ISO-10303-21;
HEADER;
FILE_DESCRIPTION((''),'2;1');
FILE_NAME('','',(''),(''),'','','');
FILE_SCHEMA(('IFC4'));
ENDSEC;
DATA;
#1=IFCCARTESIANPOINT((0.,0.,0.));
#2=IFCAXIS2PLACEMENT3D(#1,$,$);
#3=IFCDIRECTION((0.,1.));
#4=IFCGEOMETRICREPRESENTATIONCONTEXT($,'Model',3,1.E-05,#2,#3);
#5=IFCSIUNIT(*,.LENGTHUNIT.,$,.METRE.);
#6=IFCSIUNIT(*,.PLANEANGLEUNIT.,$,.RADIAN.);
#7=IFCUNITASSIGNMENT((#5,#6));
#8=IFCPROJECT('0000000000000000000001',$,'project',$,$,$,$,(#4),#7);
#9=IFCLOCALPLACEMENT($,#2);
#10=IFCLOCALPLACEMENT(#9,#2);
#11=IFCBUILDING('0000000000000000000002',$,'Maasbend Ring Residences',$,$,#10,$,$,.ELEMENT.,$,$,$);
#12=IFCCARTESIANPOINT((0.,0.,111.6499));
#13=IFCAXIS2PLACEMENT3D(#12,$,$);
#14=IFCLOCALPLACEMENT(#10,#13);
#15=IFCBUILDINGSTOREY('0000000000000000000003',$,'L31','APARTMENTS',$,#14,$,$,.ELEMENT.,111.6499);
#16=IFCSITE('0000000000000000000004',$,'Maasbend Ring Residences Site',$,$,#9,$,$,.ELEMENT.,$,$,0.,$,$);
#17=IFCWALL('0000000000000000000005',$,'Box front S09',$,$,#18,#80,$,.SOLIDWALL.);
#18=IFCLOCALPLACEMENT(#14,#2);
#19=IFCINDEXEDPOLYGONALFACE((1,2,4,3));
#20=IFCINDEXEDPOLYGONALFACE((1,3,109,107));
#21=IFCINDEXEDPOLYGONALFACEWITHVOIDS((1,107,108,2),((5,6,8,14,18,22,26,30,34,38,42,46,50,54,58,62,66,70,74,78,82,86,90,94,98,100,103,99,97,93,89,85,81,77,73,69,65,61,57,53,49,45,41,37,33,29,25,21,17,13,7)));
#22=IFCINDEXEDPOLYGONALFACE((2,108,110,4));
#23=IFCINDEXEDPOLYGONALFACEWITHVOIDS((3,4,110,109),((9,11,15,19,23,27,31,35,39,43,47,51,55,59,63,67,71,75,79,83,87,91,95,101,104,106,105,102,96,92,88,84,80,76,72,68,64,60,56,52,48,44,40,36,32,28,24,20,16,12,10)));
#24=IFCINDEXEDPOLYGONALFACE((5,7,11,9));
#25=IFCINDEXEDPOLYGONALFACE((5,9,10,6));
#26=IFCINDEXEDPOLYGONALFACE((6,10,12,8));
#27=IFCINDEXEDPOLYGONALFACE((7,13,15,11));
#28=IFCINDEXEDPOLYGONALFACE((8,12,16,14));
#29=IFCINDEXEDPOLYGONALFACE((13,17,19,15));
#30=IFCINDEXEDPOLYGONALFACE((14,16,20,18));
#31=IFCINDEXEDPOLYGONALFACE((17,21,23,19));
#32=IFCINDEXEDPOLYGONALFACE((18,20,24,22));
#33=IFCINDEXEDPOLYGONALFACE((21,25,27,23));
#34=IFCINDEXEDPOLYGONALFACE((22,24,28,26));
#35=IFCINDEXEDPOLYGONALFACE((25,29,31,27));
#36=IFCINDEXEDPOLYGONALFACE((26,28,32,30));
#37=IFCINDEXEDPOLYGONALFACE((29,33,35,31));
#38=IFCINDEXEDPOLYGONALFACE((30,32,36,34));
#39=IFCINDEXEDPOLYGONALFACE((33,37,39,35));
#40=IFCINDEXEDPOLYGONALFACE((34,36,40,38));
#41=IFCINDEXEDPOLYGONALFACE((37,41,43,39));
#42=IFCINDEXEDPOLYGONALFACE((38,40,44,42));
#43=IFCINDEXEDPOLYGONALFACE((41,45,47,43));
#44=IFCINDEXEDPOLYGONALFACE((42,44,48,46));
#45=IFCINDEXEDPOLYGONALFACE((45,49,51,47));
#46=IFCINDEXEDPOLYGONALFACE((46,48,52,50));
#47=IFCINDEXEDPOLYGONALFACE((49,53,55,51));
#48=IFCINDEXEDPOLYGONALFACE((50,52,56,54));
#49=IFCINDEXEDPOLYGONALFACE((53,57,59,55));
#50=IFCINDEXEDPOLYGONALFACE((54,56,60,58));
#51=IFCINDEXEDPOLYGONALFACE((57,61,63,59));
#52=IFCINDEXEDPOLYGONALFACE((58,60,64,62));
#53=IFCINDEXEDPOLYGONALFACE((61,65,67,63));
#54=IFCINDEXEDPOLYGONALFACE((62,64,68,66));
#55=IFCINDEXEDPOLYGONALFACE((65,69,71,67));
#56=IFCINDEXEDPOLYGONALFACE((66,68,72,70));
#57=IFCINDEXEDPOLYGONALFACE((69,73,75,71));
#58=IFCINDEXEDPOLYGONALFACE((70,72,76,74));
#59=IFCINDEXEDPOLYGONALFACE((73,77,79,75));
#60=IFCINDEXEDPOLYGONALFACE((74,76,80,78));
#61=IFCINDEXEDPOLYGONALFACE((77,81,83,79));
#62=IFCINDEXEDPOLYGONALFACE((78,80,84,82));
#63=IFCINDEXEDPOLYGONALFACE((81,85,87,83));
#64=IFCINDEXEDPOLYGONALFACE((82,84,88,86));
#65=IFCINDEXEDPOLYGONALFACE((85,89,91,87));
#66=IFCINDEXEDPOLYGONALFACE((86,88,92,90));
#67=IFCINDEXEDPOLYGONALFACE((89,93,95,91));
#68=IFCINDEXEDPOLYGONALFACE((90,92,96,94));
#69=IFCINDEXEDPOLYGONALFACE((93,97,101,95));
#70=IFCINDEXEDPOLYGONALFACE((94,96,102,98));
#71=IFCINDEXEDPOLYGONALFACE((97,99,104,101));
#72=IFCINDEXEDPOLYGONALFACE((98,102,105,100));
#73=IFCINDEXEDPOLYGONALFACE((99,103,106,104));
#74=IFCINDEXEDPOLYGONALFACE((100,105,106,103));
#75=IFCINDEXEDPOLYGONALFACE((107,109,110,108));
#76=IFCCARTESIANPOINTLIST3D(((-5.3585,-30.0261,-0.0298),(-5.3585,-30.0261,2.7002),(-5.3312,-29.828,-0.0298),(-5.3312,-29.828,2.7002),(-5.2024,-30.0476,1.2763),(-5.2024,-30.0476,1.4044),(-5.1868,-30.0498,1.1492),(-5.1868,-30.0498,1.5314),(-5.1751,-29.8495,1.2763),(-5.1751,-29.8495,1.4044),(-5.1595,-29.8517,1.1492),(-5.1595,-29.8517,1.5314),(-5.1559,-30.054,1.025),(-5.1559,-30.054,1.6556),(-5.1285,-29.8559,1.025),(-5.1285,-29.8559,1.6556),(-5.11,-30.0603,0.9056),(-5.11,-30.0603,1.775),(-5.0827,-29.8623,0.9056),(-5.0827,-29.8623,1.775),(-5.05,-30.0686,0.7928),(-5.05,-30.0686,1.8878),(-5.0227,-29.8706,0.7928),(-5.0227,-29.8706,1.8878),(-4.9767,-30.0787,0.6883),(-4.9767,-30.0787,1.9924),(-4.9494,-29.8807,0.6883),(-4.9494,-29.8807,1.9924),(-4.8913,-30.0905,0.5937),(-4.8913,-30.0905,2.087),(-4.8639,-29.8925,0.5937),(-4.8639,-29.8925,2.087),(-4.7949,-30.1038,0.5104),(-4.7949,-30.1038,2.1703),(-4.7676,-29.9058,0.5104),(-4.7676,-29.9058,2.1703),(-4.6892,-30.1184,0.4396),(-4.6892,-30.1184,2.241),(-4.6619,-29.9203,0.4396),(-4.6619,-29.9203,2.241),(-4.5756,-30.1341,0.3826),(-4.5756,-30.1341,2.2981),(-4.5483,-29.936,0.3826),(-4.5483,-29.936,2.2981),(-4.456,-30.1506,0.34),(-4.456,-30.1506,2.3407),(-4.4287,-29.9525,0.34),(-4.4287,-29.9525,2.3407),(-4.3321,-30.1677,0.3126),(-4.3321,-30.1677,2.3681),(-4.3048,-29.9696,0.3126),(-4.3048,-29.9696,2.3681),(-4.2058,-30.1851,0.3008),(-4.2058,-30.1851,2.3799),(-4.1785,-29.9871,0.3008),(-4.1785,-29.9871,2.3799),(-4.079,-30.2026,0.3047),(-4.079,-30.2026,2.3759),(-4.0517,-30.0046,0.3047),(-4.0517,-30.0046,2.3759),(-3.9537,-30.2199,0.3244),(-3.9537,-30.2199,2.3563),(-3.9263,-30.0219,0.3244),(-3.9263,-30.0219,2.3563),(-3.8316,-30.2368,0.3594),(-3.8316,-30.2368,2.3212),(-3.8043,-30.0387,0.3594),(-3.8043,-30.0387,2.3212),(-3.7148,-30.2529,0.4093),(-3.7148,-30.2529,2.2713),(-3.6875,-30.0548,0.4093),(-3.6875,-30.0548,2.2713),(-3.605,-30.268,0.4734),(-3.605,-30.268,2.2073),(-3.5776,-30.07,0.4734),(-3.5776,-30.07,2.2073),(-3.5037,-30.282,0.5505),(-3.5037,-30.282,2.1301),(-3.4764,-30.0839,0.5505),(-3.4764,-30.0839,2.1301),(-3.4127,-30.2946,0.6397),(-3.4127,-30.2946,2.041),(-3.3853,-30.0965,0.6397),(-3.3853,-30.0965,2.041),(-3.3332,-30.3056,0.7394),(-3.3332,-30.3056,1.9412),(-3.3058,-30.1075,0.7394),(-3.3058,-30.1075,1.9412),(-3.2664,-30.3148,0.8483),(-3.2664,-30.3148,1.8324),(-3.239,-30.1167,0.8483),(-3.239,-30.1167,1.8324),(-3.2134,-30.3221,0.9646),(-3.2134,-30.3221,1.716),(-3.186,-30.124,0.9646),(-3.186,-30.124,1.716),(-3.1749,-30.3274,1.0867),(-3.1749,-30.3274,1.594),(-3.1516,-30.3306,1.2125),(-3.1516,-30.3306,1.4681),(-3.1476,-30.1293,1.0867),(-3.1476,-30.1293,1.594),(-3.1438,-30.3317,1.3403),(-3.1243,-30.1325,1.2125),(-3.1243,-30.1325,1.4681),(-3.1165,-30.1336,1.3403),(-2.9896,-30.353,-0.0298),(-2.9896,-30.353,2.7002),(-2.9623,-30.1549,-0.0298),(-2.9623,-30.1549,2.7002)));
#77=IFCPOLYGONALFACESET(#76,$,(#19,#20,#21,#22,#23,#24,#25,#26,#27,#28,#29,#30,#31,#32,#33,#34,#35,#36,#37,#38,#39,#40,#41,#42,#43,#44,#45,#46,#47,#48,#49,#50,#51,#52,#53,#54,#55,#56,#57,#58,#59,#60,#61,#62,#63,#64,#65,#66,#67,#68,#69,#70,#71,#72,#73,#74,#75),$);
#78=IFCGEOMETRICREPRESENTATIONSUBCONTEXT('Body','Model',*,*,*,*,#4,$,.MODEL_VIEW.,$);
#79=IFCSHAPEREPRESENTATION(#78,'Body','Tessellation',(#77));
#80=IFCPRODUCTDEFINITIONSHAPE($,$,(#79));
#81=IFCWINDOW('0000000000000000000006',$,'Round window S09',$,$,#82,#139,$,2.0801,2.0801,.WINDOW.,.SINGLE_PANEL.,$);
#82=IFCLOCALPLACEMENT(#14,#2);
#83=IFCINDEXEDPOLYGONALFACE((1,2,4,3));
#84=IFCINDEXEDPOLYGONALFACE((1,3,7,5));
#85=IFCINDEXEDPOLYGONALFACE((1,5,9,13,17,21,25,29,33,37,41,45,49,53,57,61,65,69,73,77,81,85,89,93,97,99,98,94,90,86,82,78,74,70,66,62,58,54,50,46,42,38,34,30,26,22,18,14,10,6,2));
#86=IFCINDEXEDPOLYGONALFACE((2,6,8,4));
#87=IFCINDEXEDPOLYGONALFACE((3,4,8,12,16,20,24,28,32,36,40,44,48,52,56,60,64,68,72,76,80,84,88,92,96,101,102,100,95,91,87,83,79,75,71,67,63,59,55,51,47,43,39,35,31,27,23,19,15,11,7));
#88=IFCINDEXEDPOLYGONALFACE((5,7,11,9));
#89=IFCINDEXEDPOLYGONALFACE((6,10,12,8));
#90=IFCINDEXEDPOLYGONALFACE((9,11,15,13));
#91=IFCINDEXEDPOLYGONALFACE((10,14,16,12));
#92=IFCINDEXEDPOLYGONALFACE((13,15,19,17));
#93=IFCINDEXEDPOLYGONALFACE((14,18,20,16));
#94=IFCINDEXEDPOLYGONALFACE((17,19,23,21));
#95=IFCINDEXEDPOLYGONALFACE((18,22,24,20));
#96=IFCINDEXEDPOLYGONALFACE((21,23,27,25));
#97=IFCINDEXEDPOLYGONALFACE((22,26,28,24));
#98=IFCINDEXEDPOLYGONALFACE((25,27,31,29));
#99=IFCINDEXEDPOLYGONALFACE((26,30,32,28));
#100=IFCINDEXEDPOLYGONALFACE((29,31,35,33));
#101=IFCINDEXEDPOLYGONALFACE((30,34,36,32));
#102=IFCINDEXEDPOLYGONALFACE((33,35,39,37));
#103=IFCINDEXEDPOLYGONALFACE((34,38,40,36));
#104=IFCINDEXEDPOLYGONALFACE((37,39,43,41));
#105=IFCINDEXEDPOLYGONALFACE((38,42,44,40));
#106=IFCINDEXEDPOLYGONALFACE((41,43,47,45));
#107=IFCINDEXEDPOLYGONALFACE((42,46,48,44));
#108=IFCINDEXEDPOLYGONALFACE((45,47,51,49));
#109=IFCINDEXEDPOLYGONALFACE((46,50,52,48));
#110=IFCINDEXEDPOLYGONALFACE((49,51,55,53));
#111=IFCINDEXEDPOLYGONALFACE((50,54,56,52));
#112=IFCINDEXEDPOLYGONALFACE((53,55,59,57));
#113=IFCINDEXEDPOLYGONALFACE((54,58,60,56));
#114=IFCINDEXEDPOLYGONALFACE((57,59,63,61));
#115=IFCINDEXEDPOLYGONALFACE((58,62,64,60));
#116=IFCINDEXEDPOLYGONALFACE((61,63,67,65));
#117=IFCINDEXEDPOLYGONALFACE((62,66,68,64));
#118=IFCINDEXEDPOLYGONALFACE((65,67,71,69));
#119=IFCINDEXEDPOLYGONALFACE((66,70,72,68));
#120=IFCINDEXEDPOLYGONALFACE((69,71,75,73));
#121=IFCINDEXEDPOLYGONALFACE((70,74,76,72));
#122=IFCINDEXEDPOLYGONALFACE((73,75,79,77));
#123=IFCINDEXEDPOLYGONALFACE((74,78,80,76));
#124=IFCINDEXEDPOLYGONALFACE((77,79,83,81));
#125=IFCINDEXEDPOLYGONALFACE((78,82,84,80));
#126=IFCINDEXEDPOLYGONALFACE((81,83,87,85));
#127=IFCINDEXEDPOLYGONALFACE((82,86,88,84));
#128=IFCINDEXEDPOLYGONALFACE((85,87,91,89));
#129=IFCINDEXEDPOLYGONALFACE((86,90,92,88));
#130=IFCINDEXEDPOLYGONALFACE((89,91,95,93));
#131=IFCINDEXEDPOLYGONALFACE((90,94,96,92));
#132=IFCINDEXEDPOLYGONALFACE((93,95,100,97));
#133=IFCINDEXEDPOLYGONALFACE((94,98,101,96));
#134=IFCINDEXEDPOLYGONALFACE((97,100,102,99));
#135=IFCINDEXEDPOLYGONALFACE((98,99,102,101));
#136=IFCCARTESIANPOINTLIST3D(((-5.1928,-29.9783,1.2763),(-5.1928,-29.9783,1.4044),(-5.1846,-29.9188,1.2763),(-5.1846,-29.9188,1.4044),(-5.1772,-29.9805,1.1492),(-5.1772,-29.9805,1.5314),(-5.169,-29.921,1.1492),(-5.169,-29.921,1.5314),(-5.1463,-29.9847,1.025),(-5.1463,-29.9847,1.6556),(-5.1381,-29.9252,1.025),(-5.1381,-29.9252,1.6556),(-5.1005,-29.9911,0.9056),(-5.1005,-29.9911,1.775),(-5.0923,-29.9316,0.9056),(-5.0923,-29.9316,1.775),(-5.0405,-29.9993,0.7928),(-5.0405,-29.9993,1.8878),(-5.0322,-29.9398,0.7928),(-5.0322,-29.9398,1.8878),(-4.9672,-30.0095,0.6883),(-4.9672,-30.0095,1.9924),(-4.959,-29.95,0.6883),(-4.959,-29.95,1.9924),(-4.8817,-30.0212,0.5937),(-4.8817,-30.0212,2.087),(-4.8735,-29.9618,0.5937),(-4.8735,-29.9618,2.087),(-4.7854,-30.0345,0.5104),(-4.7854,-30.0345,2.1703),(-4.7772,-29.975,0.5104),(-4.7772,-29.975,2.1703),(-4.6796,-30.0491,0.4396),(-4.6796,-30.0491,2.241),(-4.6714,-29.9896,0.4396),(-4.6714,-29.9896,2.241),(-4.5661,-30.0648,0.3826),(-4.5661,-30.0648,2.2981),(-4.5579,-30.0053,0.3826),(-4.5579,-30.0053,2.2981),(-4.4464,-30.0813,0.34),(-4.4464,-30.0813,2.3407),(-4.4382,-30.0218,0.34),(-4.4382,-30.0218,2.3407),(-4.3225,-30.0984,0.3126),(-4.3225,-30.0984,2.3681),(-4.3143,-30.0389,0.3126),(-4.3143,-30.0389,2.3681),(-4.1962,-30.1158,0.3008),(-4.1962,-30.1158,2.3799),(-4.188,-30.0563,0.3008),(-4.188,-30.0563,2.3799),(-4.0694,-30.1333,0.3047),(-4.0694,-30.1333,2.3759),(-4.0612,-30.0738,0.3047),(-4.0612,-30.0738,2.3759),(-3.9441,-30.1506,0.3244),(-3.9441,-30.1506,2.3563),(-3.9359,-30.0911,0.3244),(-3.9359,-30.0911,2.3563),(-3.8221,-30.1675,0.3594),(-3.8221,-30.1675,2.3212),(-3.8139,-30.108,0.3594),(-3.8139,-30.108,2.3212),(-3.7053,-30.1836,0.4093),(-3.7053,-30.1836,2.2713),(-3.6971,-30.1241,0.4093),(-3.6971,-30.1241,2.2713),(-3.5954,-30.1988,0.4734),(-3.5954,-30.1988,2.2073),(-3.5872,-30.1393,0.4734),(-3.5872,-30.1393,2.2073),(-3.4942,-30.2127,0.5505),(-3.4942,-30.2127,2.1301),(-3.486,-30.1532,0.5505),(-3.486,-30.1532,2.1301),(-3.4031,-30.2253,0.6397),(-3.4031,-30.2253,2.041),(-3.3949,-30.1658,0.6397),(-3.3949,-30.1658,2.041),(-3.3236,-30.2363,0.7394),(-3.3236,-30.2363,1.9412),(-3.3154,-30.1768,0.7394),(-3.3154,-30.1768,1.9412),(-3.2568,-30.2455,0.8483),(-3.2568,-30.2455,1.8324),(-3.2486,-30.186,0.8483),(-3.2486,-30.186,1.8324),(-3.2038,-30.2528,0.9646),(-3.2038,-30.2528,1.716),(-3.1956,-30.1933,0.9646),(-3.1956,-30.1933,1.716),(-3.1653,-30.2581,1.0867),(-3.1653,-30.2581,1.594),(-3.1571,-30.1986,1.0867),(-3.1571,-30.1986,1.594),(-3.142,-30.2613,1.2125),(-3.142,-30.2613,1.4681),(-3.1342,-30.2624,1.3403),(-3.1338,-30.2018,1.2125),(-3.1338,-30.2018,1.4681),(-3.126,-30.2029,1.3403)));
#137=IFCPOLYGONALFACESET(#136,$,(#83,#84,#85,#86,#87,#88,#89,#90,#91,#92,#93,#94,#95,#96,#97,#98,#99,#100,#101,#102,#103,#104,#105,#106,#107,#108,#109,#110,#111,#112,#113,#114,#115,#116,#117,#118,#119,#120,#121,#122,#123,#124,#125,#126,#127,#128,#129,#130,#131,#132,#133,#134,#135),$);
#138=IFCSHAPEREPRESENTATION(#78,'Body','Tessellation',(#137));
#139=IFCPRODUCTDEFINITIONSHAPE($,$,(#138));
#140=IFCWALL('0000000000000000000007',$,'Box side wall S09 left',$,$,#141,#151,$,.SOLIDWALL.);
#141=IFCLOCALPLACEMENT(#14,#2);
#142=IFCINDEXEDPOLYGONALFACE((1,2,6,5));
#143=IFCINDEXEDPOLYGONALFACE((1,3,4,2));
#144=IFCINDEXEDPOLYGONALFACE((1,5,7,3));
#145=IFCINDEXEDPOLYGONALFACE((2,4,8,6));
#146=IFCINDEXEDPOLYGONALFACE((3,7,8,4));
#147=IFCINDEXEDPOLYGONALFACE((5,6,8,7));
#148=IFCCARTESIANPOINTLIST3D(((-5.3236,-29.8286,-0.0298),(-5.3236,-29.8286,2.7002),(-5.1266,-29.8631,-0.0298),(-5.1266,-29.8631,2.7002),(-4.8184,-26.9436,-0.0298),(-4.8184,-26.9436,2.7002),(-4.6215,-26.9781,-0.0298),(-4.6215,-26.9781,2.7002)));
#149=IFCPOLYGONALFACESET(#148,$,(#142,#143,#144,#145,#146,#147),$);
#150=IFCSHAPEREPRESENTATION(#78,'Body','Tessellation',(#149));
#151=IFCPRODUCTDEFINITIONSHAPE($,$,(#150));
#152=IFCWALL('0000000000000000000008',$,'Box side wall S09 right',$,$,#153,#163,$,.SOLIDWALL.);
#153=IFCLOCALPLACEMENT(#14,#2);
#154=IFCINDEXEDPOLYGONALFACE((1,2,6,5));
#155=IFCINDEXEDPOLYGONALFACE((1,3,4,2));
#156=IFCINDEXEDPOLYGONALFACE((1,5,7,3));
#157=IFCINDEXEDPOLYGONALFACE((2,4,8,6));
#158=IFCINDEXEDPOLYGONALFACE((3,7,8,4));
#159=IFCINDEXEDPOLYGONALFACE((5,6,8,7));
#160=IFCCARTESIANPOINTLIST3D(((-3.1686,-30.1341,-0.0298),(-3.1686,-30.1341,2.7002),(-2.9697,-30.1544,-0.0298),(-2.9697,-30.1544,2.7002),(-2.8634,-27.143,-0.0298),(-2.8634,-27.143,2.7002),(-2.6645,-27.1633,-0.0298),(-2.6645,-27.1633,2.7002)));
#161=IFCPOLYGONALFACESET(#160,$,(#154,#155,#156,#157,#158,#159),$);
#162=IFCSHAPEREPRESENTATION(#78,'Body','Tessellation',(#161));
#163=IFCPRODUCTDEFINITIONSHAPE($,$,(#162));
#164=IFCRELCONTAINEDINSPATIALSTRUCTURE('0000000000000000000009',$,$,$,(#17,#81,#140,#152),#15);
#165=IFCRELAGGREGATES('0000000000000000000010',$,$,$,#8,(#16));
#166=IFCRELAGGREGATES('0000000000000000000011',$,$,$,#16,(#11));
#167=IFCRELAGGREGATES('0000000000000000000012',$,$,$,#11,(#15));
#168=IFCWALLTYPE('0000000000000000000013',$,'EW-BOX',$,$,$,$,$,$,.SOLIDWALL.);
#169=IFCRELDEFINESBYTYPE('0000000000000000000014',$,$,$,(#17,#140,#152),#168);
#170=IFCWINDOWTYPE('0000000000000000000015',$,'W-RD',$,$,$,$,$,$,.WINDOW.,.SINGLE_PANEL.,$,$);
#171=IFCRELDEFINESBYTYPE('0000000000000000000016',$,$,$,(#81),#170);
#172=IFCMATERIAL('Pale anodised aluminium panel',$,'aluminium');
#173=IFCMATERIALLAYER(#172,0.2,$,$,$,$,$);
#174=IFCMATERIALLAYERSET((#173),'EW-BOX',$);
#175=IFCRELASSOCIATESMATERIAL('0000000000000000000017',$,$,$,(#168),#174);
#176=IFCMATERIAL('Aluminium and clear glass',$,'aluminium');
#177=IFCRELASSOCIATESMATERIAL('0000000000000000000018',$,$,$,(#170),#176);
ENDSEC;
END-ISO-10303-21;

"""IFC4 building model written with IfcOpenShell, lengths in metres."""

from ifc_helpers import new_model, si_unit, direction, frame, frame_2d, origin, place, context, subcontext, project, spatial, rectangle, circle, extrude, material, layer, layer_set, type_object, element, fill, save


model = new_model("IFC4")

# Units and contexts
model_context = context("Model", 3, precision=1e-05, world=origin(), true_north=direction((0.0, 1.0)))
body_context = subcontext(model_context, "Body", "Model", "MODEL_VIEW")
ifc_project = project(units=[si_unit("LENGTHUNIT", "METRE"), si_unit("PLANEANGLEUNIT", "RADIAN")], contexts=[model_context])

# Site, building, storey
site_placement = place(None, origin())
site = spatial("IfcSite", under=ifc_project, at=site_placement, Name="Maasbend Ring Residences Site", CompositionType="ELEMENT", RefElevation=0.0)
building_placement = place(site_placement, origin())
building = spatial("IfcBuilding", under=site, at=building_placement, Name="Maasbend Ring Residences", CompositionType="ELEMENT")
storey_placement = place(building_placement, frame((0.0, 0.0, 111.6499)))
storey = spatial("IfcBuildingStorey", under=building, at=storey_placement, Name="L31", Description="APARTMENTS", CompositionType="ELEMENT", Elevation=111.6499)

# Shared definitions
ifc_material_1 = material(Name="Pale anodised aluminium panel", Category="aluminium")
ifc_layer_1 = layer(ifc_material_1, 0.2)
ifc_layer_set_1 = layer_set([ifc_layer_1], Name="EW-BOX")
wall_type_1 = type_object("IfcWallType", Name="EW-BOX", PredefinedType="SOLIDWALL", material=ifc_layer_set_1)

# Wall, opening, window
wall_1_placement = place(storey_placement, frame((-5.345, -29.927, -0.0298), z_axis=(0.0, 0.0, 1.0), x_axis=(0.990612, -0.136703, 0.0)))
wall_1 = element("IfcWall", 1, at=wall_1_placement, inside=storey, type_object=wall_type_1, Name="Box front S09", PredefinedType="SOLIDWALL", context=body_context, shape_type="SweptSolid", body=[
    extrude(rectangle(XDim=2.3914, YDim=0.2, at=frame_2d((1.1958, 0.0))), origin(), (0.0, 0.0, 1.0), 2.73),
])
opening_1_placement = place(wall_1_placement, frame((0.1558, 0.0, 0.3301)))
opening_1 = element("IfcOpeningElement", 2, at=opening_1_placement, cuts=wall_1, PredefinedType="OPENING", context=body_context, shape_type="SweptSolid", body=[
    extrude(circle(Radius=1.04, at=frame_2d((1.04, 1.04))), frame((0.0, 0.1099, 0.0), z_axis=(0.0, -1.0, 0.0), x_axis=(1.0, 0.0, 0.0)), (0.0, 0.0, 1.0), 0.22),
])
ifc_material_2 = material(Name="Aluminium and clear glass", Category="aluminium")
window_type_1 = type_object("IfcWindowType", Name="W-RD", PartitioningType="SINGLE_PANEL", PredefinedType="WINDOW", material=ifc_material_2)
window_1_placement = place(opening_1_placement, origin())
window_1 = element("IfcWindow", 3, at=window_1_placement, inside=storey, type_object=window_type_1, Name="Round window S09", OverallHeight=2.0801, OverallWidth=2.0801, PartitioningType="SINGLE_PANEL", PredefinedType="WINDOW", context=body_context, shape_type="SweptSolid", body=[
    extrude(circle(Radius=1.04, at=frame_2d((1.04, 1.04))), frame((0.0, 0.03, 0.0), z_axis=(0.0, -1.0, 0.0), x_axis=(1.0, 0.0, 0.0)), (0.0, 0.0, 1.0), 0.0601),
])
fill(opening_1, window_1)

# Walls
wall_2_placement = place(storey_placement, frame((-4.72, -26.9609, -0.0298), z_axis=(0.0, 0.0, 1.0), x_axis=(-0.172463, -0.985016, 0.0)))
element("IfcWall", 4, at=wall_2_placement, inside=storey, type_object=wall_type_1, Name="Box side wall S09 left", PredefinedType="SOLIDWALL", context=body_context, shape_type="SweptSolid", body=[
    extrude(rectangle(XDim=2.929, YDim=0.2, at=frame_2d((1.4644, 0.0))), origin(), (0.0, 0.0, 1.0), 2.73),
])
wall_3_placement = place(storey_placement, frame((-2.7639, -27.1531, -0.0298), z_axis=(0.0, 0.0, 1.0), x_axis=(-0.101505, -0.994835, 0.0)))
element("IfcWall", 5, at=wall_3_placement, inside=storey, type_object=wall_type_1, Name="Box side wall S09 right", PredefinedType="SOLIDWALL", context=body_context, shape_type="SweptSolid", body=[
    extrude(rectangle(XDim=3.0066, YDim=0.2, at=frame_2d((1.5034, 0.0))), origin(), (0.0, 0.0, 1.0), 2.73),
])

save(model, "model.ifc")
